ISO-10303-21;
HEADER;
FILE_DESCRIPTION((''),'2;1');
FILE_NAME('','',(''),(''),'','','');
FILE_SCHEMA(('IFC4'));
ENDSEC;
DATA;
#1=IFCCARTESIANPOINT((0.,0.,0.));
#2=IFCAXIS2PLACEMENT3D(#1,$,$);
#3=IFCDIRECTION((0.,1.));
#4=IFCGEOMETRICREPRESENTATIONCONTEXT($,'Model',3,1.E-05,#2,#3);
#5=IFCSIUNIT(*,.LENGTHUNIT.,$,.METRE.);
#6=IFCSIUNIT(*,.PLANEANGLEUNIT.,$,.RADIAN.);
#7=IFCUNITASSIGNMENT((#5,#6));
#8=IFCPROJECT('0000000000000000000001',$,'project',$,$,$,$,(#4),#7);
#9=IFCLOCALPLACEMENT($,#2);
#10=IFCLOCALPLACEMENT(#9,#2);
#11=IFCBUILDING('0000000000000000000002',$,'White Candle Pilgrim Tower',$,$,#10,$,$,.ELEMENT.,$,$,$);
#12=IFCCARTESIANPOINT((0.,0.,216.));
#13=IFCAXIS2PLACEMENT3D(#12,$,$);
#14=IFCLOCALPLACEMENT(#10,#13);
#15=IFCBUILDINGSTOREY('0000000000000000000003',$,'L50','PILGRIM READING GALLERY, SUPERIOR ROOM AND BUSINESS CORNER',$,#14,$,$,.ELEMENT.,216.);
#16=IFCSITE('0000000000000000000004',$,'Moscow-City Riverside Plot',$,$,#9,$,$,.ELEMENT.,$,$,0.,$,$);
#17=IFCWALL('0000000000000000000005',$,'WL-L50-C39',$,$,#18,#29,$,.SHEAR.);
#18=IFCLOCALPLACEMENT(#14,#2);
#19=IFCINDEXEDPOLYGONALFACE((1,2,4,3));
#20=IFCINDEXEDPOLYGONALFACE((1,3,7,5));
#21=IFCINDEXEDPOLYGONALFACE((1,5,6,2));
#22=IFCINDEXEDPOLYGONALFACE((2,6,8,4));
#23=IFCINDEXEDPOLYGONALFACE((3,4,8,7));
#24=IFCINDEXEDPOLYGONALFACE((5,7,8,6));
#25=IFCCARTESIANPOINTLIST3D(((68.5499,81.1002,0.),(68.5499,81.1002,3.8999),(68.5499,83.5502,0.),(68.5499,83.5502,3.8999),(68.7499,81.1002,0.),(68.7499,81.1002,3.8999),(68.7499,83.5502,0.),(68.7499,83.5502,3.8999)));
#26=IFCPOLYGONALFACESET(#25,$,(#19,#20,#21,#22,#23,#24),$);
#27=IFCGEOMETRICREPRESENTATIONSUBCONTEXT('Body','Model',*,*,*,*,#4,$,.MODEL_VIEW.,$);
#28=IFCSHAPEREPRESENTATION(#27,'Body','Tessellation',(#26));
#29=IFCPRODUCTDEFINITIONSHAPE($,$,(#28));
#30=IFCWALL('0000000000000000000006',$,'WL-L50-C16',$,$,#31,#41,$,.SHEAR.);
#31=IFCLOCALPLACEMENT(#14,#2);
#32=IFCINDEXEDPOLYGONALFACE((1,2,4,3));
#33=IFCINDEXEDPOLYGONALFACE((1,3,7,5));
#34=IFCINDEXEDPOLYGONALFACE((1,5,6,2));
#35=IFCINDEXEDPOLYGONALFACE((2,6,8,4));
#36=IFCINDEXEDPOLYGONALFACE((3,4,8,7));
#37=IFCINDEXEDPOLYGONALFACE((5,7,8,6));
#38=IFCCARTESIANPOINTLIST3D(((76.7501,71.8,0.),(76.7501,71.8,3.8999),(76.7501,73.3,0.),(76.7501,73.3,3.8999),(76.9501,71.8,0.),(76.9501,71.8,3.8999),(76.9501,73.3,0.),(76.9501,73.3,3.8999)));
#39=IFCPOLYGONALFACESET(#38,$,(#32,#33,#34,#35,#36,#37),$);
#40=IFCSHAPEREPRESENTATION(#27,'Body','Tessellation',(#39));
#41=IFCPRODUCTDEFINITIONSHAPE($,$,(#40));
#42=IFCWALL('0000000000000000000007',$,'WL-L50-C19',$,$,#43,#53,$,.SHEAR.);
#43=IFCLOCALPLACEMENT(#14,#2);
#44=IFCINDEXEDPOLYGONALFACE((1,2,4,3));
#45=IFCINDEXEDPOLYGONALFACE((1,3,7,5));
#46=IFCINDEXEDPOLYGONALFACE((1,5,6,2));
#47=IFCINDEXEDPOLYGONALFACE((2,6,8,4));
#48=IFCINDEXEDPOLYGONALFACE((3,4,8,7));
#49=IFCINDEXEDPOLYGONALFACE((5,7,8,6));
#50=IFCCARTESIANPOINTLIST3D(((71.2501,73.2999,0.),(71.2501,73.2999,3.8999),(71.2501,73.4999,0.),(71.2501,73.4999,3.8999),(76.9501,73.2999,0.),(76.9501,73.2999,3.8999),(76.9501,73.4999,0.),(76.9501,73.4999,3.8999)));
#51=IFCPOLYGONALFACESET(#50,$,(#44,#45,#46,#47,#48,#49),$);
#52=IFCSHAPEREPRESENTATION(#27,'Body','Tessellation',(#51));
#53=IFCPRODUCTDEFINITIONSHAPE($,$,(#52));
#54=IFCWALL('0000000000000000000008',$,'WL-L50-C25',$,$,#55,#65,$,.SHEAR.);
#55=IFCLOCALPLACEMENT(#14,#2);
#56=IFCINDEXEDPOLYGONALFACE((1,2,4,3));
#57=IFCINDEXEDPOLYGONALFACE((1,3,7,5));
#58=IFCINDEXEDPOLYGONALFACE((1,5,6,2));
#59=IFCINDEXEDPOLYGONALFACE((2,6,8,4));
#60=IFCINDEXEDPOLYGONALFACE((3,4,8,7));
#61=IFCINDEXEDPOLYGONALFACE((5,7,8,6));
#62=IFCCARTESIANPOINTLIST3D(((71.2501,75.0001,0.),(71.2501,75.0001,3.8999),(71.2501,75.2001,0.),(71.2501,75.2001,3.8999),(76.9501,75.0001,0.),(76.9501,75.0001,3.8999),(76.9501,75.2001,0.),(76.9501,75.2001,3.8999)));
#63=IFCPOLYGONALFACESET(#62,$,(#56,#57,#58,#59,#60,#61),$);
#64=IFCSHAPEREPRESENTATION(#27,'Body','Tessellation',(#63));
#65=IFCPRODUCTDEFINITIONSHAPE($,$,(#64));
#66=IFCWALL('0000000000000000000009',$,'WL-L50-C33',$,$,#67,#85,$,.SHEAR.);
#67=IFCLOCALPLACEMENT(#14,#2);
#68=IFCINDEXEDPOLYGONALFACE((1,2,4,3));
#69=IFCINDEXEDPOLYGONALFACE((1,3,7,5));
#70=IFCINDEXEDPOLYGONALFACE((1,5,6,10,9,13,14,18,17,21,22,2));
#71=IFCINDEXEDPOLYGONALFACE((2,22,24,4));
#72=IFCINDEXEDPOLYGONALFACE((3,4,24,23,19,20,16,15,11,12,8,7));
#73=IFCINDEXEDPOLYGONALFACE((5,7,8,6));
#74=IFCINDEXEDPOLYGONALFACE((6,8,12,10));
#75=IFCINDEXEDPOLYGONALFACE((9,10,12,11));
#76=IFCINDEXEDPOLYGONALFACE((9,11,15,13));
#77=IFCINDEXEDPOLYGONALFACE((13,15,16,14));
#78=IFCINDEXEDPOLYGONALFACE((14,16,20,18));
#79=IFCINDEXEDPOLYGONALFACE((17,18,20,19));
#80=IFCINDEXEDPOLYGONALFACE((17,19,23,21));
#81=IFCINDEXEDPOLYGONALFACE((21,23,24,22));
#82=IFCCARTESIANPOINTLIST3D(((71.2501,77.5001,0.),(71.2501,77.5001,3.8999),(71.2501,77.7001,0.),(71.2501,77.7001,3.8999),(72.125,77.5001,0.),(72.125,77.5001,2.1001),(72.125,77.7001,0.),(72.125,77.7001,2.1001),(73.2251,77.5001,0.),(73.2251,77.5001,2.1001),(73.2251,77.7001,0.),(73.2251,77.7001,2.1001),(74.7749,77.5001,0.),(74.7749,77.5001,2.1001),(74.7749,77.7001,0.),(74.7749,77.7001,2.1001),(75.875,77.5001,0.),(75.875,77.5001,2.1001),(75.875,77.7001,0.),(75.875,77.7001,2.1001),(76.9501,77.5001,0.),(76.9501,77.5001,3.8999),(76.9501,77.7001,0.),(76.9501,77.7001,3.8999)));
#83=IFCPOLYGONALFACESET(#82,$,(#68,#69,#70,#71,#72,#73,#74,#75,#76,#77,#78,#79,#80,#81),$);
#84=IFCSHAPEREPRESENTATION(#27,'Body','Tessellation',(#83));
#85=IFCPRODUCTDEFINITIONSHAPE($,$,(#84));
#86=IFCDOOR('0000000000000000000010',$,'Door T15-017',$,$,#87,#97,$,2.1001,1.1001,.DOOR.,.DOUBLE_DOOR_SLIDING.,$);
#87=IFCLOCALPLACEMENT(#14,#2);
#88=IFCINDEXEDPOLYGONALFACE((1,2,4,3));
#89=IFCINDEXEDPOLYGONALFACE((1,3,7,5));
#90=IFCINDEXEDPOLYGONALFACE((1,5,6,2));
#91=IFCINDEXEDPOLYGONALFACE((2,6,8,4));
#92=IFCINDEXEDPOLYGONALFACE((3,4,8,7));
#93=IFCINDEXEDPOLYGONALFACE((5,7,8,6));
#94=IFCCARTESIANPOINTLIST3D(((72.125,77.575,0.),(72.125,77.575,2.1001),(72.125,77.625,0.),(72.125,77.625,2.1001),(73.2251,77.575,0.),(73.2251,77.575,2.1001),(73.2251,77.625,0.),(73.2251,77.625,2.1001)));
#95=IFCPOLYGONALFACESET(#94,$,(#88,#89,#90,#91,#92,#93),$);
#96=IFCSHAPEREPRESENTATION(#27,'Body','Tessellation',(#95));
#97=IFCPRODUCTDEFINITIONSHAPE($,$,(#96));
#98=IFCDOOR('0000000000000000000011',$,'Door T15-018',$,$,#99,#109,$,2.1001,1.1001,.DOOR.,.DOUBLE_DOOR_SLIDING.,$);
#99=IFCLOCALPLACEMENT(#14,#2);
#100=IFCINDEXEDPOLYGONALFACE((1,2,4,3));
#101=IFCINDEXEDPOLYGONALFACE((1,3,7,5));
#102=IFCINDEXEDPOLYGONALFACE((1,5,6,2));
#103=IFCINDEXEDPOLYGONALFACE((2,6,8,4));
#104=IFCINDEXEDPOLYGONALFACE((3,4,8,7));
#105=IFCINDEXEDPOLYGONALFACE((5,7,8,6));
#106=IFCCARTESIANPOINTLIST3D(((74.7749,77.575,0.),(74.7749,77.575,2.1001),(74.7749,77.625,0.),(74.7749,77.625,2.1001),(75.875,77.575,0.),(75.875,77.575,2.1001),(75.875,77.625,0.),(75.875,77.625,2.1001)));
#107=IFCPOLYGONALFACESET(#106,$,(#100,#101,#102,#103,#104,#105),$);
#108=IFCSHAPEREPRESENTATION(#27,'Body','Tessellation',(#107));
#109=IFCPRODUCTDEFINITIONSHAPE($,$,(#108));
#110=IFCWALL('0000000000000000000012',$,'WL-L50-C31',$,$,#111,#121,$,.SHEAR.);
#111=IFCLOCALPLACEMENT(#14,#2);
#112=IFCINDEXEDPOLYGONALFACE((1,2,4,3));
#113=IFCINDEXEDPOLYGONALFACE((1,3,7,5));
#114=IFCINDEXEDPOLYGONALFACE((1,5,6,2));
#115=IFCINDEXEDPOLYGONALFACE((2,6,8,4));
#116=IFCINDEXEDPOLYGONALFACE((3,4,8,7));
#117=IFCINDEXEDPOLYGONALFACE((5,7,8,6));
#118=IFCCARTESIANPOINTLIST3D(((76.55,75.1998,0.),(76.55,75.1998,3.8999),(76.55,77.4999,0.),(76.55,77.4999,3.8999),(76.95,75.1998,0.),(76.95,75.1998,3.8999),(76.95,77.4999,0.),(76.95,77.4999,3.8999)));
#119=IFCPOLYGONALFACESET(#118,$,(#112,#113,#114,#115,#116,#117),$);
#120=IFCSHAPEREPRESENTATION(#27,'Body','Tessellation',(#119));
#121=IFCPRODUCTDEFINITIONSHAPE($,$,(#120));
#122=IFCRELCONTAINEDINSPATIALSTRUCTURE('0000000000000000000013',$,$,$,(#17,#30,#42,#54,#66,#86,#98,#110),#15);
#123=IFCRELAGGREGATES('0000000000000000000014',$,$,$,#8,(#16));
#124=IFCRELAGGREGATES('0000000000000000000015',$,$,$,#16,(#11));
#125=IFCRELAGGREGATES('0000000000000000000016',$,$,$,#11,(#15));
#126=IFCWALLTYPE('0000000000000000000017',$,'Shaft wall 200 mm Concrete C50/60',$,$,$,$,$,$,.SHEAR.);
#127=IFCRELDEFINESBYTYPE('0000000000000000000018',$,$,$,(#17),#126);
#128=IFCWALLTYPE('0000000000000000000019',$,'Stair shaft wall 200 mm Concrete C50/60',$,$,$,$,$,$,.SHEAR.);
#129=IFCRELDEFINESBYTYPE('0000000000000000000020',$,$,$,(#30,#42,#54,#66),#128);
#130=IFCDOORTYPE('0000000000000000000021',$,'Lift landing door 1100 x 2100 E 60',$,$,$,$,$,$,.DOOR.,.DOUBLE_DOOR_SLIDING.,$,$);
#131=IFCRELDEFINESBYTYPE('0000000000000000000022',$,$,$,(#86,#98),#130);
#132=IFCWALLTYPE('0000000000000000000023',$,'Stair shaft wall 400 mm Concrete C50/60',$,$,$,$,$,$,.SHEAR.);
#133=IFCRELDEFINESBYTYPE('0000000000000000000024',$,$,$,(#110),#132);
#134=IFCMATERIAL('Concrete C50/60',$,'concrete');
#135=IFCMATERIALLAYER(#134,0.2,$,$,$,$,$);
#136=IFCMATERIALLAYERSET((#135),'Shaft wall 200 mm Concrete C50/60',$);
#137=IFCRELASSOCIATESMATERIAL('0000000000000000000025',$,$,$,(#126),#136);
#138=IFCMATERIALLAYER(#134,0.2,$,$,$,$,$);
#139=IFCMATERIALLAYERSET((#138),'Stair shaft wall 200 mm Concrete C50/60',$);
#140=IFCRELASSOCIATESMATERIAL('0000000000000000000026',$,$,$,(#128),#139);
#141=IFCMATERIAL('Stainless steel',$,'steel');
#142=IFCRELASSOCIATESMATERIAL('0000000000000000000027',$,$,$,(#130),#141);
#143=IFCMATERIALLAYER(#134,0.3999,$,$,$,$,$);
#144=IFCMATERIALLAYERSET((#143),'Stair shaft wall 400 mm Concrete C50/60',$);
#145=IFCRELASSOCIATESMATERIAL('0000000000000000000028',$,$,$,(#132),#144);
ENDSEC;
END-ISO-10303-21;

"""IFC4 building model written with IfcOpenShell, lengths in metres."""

from ifc_helpers import new_model, si_unit, direction, frame, frame_2d, origin, place, context, subcontext, project, spatial, rectangle, extrude, material, layer, layer_set, type_object, element, fill, save


model = new_model("IFC4")

# Units and contexts
model_context = context("Model", 3, precision=1e-05, world=origin(), true_north=direction((0.0, 1.0)))
body_context = subcontext(model_context, "Body", "Model", "MODEL_VIEW")
ifc_project = project(units=[si_unit("LENGTHUNIT", "METRE"), si_unit("PLANEANGLEUNIT", "RADIAN")], contexts=[model_context])

# Site, building, storey
site_placement = place(None, origin())
site = spatial("IfcSite", under=ifc_project, at=site_placement, Name="Moscow-City Riverside Plot", CompositionType="ELEMENT", RefElevation=0.0)
building_placement = place(site_placement, origin())
building = spatial("IfcBuilding", under=site, at=building_placement, Name="White Candle Pilgrim Tower", CompositionType="ELEMENT")
storey_placement = place(building_placement, frame((0.0, 0.0, 216.0)))
storey = spatial("IfcBuildingStorey", under=building, at=storey_placement, Name="L50", Description="PILGRIM READING GALLERY, SUPERIOR ROOM AND BUSINESS CORNER", CompositionType="ELEMENT", Elevation=216.0)

# Walls
ifc_material_1 = material(Name="Concrete C50/60", Category="concrete")
ifc_layer_1 = layer(ifc_material_1, 0.2)
ifc_layer_set_1 = layer_set([ifc_layer_1], Name="Shaft wall 200 mm Concrete C50/60")
wall_type_1 = type_object("IfcWallType", Name="Shaft wall 200 mm Concrete C50/60", PredefinedType="SHEAR", material=ifc_layer_set_1)
for number, where, z_axis, x_axis, name in (
    (1, (68.6499, 81.1001, 0.0), (0.0, 0.0, 1.0), (0.0, 1.0, 0.0), "WL-L50-C39"),
):
    element("IfcWall", number, at=place(storey_placement, frame(where, z_axis=z_axis, x_axis=x_axis)), inside=storey, type_object=wall_type_1, Name=name, PredefinedType="SHEAR", context=body_context, shape_type="SweptSolid", body=[
        extrude(rectangle(XDim=2.45, YDim=0.2, at=frame_2d((1.2251, 0.0))), origin(), (0.0, 0.0, 1.0), 3.8999),
    ])
ifc_layer_2 = layer(ifc_material_1, 0.2)
ifc_layer_set_2 = layer_set([ifc_layer_2], Name="Stair shaft wall 200 mm Concrete C50/60")
wall_type_2 = type_object("IfcWallType", Name="Stair shaft wall 200 mm Concrete C50/60", PredefinedType="SHEAR", material=ifc_layer_set_2)
wall_1_placement = place(storey_placement, frame((76.8501, 71.8, 0.0), z_axis=(0.0, 0.0, 1.0), x_axis=(0.0, 1.0, 0.0)))
element("IfcWall", 2, at=wall_1_placement, inside=storey, type_object=wall_type_2, Name="WL-L50-C16", PredefinedType="SHEAR", context=body_context, shape_type="SweptSolid", body=[
    extrude(rectangle(XDim=1.5, YDim=0.2, at=frame_2d((0.75, 0.0))), origin(), (0.0, 0.0, 1.0), 3.8999),
])
for number, where, z_axis, x_axis, name in (
    (3, (71.25, 73.3999, 0.0), (0.0, 0.0, 1.0), (1.0, 0.0, 0.0), "WL-L50-C19"),
    (4, (71.25, 75.1001, 0.0), (0.0, 0.0, 1.0), (1.0, 0.0, 0.0), "WL-L50-C25"),
):
    element("IfcWall", number, at=place(storey_placement, frame(where, z_axis=z_axis, x_axis=x_axis)), inside=storey, type_object=wall_type_2, Name=name, PredefinedType="SHEAR", context=body_context, shape_type="SweptSolid", body=[
        extrude(rectangle(XDim=5.7, YDim=0.2, at=frame_2d((2.8501, 0.0))), origin(), (0.0, 0.0, 1.0), 3.8999),
    ])

# Wall, openings, doors
wall_2_placement = place(storey_placement, frame((71.25, 77.6001, 0.0), z_axis=(0.0, 0.0, 1.0), x_axis=(1.0, 0.0, 0.0)))
wall_2 = element("IfcWall", 5, at=wall_2_placement, inside=storey, type_object=wall_type_2, Name="WL-L50-C33", PredefinedType="SHEAR", context=body_context, shape_type="SweptSolid", body=[
    extrude(rectangle(XDim=5.7, YDim=0.2, at=frame_2d((2.8501, 0.0))), origin(), (0.0, 0.0, 1.0), 3.8999),
])
opening_1_placement = place(wall_2_placement, frame((0.875, 0.0, 0.0)))
opening_1 = element("IfcOpeningElement", 6, at=opening_1_placement, cuts=wall_2, PredefinedType="OPENING", context=body_context, shape_type="SweptSolid", body=[
    extrude(rectangle(XDim=1.1001, YDim=2.1001, at=frame_2d((0.55, 1.05))), frame((0.0, 0.1099, 0.0), z_axis=(0.0, -1.0, 0.0), x_axis=(1.0, 0.0, 0.0)), (0.0, 0.0, 1.0), 0.22),
])
opening_2_placement = place(wall_2_placement, frame((3.5249, 0.0, 0.0)))
opening_2 = element("IfcOpeningElement", 7, at=opening_2_placement, cuts=wall_2, PredefinedType="OPENING", context=body_context, shape_type="SweptSolid", body=[
    extrude(rectangle(XDim=1.1001, YDim=2.1001, at=frame_2d((0.55, 1.05))), frame((0.0, 0.1099, 0.0), z_axis=(0.0, -1.0, 0.0), x_axis=(1.0, 0.0, 0.0)), (0.0, 0.0, 1.0), 0.22),
])
ifc_material_2 = material(Name="Stainless steel", Category="steel")
door_type_1 = type_object("IfcDoorType", Name="Lift landing door 1100 x 2100 E 60", OperationType="DOUBLE_DOOR_SLIDING", PredefinedType="DOOR", material=ifc_material_2)
door_1_placement = place(opening_1_placement, origin())
door_1 = element("IfcDoor", 8, at=door_1_placement, inside=storey, type_object=door_type_1, Name="Door T15-017", OperationType="DOUBLE_DOOR_SLIDING", OverallHeight=2.1001, OverallWidth=1.1001, PredefinedType="DOOR", context=body_context, shape_type="SweptSolid", body=[
    extrude(rectangle(XDim=1.1001, YDim=2.1001, at=frame_2d((0.55, 1.05))), frame((0.0, 0.0249, 0.0), z_axis=(0.0, -1.0, 0.0), x_axis=(1.0, 0.0, 0.0)), (0.0, 0.0, 1.0), 0.05),
])
fill(opening_1, door_1)
door_2_placement = place(opening_2_placement, origin())
door_2 = element("IfcDoor", 9, at=door_2_placement, inside=storey, type_object=door_type_1, Name="Door T15-018", OperationType="DOUBLE_DOOR_SLIDING", OverallHeight=2.1001, OverallWidth=1.1001, PredefinedType="DOOR", context=body_context, shape_type="SweptSolid", body=[
    extrude(rectangle(XDim=1.1001, YDim=2.1001, at=frame_2d((0.55, 1.05))), frame((0.0, 0.0249, 0.0), z_axis=(0.0, -1.0, 0.0), x_axis=(1.0, 0.0, 0.0)), (0.0, 0.0, 1.0), 0.05),
])
fill(opening_2, door_2)

# Wall
ifc_layer_3 = layer(ifc_material_1, 0.3999)
ifc_layer_set_3 = layer_set([ifc_layer_3], Name="Stair shaft wall 400 mm Concrete C50/60")
wall_type_3 = type_object("IfcWallType", Name="Stair shaft wall 400 mm Concrete C50/60", PredefinedType="SHEAR", material=ifc_layer_set_3)
wall_3_placement = place(storey_placement, frame((76.75, 75.2, 0.0), z_axis=(0.0, 0.0, 1.0), x_axis=(0.0, 1.0, 0.0)))
element("IfcWall", 10, at=wall_3_placement, inside=storey, type_object=wall_type_3, Name="WL-L50-C31", PredefinedType="SHEAR", context=body_context, shape_type="SweptSolid", body=[
    extrude(rectangle(XDim=2.3, YDim=0.3999, at=frame_2d((1.1499, 0.0))), origin(), (0.0, 0.0, 1.0), 3.8999),
])

save(model, "model.ifc")
